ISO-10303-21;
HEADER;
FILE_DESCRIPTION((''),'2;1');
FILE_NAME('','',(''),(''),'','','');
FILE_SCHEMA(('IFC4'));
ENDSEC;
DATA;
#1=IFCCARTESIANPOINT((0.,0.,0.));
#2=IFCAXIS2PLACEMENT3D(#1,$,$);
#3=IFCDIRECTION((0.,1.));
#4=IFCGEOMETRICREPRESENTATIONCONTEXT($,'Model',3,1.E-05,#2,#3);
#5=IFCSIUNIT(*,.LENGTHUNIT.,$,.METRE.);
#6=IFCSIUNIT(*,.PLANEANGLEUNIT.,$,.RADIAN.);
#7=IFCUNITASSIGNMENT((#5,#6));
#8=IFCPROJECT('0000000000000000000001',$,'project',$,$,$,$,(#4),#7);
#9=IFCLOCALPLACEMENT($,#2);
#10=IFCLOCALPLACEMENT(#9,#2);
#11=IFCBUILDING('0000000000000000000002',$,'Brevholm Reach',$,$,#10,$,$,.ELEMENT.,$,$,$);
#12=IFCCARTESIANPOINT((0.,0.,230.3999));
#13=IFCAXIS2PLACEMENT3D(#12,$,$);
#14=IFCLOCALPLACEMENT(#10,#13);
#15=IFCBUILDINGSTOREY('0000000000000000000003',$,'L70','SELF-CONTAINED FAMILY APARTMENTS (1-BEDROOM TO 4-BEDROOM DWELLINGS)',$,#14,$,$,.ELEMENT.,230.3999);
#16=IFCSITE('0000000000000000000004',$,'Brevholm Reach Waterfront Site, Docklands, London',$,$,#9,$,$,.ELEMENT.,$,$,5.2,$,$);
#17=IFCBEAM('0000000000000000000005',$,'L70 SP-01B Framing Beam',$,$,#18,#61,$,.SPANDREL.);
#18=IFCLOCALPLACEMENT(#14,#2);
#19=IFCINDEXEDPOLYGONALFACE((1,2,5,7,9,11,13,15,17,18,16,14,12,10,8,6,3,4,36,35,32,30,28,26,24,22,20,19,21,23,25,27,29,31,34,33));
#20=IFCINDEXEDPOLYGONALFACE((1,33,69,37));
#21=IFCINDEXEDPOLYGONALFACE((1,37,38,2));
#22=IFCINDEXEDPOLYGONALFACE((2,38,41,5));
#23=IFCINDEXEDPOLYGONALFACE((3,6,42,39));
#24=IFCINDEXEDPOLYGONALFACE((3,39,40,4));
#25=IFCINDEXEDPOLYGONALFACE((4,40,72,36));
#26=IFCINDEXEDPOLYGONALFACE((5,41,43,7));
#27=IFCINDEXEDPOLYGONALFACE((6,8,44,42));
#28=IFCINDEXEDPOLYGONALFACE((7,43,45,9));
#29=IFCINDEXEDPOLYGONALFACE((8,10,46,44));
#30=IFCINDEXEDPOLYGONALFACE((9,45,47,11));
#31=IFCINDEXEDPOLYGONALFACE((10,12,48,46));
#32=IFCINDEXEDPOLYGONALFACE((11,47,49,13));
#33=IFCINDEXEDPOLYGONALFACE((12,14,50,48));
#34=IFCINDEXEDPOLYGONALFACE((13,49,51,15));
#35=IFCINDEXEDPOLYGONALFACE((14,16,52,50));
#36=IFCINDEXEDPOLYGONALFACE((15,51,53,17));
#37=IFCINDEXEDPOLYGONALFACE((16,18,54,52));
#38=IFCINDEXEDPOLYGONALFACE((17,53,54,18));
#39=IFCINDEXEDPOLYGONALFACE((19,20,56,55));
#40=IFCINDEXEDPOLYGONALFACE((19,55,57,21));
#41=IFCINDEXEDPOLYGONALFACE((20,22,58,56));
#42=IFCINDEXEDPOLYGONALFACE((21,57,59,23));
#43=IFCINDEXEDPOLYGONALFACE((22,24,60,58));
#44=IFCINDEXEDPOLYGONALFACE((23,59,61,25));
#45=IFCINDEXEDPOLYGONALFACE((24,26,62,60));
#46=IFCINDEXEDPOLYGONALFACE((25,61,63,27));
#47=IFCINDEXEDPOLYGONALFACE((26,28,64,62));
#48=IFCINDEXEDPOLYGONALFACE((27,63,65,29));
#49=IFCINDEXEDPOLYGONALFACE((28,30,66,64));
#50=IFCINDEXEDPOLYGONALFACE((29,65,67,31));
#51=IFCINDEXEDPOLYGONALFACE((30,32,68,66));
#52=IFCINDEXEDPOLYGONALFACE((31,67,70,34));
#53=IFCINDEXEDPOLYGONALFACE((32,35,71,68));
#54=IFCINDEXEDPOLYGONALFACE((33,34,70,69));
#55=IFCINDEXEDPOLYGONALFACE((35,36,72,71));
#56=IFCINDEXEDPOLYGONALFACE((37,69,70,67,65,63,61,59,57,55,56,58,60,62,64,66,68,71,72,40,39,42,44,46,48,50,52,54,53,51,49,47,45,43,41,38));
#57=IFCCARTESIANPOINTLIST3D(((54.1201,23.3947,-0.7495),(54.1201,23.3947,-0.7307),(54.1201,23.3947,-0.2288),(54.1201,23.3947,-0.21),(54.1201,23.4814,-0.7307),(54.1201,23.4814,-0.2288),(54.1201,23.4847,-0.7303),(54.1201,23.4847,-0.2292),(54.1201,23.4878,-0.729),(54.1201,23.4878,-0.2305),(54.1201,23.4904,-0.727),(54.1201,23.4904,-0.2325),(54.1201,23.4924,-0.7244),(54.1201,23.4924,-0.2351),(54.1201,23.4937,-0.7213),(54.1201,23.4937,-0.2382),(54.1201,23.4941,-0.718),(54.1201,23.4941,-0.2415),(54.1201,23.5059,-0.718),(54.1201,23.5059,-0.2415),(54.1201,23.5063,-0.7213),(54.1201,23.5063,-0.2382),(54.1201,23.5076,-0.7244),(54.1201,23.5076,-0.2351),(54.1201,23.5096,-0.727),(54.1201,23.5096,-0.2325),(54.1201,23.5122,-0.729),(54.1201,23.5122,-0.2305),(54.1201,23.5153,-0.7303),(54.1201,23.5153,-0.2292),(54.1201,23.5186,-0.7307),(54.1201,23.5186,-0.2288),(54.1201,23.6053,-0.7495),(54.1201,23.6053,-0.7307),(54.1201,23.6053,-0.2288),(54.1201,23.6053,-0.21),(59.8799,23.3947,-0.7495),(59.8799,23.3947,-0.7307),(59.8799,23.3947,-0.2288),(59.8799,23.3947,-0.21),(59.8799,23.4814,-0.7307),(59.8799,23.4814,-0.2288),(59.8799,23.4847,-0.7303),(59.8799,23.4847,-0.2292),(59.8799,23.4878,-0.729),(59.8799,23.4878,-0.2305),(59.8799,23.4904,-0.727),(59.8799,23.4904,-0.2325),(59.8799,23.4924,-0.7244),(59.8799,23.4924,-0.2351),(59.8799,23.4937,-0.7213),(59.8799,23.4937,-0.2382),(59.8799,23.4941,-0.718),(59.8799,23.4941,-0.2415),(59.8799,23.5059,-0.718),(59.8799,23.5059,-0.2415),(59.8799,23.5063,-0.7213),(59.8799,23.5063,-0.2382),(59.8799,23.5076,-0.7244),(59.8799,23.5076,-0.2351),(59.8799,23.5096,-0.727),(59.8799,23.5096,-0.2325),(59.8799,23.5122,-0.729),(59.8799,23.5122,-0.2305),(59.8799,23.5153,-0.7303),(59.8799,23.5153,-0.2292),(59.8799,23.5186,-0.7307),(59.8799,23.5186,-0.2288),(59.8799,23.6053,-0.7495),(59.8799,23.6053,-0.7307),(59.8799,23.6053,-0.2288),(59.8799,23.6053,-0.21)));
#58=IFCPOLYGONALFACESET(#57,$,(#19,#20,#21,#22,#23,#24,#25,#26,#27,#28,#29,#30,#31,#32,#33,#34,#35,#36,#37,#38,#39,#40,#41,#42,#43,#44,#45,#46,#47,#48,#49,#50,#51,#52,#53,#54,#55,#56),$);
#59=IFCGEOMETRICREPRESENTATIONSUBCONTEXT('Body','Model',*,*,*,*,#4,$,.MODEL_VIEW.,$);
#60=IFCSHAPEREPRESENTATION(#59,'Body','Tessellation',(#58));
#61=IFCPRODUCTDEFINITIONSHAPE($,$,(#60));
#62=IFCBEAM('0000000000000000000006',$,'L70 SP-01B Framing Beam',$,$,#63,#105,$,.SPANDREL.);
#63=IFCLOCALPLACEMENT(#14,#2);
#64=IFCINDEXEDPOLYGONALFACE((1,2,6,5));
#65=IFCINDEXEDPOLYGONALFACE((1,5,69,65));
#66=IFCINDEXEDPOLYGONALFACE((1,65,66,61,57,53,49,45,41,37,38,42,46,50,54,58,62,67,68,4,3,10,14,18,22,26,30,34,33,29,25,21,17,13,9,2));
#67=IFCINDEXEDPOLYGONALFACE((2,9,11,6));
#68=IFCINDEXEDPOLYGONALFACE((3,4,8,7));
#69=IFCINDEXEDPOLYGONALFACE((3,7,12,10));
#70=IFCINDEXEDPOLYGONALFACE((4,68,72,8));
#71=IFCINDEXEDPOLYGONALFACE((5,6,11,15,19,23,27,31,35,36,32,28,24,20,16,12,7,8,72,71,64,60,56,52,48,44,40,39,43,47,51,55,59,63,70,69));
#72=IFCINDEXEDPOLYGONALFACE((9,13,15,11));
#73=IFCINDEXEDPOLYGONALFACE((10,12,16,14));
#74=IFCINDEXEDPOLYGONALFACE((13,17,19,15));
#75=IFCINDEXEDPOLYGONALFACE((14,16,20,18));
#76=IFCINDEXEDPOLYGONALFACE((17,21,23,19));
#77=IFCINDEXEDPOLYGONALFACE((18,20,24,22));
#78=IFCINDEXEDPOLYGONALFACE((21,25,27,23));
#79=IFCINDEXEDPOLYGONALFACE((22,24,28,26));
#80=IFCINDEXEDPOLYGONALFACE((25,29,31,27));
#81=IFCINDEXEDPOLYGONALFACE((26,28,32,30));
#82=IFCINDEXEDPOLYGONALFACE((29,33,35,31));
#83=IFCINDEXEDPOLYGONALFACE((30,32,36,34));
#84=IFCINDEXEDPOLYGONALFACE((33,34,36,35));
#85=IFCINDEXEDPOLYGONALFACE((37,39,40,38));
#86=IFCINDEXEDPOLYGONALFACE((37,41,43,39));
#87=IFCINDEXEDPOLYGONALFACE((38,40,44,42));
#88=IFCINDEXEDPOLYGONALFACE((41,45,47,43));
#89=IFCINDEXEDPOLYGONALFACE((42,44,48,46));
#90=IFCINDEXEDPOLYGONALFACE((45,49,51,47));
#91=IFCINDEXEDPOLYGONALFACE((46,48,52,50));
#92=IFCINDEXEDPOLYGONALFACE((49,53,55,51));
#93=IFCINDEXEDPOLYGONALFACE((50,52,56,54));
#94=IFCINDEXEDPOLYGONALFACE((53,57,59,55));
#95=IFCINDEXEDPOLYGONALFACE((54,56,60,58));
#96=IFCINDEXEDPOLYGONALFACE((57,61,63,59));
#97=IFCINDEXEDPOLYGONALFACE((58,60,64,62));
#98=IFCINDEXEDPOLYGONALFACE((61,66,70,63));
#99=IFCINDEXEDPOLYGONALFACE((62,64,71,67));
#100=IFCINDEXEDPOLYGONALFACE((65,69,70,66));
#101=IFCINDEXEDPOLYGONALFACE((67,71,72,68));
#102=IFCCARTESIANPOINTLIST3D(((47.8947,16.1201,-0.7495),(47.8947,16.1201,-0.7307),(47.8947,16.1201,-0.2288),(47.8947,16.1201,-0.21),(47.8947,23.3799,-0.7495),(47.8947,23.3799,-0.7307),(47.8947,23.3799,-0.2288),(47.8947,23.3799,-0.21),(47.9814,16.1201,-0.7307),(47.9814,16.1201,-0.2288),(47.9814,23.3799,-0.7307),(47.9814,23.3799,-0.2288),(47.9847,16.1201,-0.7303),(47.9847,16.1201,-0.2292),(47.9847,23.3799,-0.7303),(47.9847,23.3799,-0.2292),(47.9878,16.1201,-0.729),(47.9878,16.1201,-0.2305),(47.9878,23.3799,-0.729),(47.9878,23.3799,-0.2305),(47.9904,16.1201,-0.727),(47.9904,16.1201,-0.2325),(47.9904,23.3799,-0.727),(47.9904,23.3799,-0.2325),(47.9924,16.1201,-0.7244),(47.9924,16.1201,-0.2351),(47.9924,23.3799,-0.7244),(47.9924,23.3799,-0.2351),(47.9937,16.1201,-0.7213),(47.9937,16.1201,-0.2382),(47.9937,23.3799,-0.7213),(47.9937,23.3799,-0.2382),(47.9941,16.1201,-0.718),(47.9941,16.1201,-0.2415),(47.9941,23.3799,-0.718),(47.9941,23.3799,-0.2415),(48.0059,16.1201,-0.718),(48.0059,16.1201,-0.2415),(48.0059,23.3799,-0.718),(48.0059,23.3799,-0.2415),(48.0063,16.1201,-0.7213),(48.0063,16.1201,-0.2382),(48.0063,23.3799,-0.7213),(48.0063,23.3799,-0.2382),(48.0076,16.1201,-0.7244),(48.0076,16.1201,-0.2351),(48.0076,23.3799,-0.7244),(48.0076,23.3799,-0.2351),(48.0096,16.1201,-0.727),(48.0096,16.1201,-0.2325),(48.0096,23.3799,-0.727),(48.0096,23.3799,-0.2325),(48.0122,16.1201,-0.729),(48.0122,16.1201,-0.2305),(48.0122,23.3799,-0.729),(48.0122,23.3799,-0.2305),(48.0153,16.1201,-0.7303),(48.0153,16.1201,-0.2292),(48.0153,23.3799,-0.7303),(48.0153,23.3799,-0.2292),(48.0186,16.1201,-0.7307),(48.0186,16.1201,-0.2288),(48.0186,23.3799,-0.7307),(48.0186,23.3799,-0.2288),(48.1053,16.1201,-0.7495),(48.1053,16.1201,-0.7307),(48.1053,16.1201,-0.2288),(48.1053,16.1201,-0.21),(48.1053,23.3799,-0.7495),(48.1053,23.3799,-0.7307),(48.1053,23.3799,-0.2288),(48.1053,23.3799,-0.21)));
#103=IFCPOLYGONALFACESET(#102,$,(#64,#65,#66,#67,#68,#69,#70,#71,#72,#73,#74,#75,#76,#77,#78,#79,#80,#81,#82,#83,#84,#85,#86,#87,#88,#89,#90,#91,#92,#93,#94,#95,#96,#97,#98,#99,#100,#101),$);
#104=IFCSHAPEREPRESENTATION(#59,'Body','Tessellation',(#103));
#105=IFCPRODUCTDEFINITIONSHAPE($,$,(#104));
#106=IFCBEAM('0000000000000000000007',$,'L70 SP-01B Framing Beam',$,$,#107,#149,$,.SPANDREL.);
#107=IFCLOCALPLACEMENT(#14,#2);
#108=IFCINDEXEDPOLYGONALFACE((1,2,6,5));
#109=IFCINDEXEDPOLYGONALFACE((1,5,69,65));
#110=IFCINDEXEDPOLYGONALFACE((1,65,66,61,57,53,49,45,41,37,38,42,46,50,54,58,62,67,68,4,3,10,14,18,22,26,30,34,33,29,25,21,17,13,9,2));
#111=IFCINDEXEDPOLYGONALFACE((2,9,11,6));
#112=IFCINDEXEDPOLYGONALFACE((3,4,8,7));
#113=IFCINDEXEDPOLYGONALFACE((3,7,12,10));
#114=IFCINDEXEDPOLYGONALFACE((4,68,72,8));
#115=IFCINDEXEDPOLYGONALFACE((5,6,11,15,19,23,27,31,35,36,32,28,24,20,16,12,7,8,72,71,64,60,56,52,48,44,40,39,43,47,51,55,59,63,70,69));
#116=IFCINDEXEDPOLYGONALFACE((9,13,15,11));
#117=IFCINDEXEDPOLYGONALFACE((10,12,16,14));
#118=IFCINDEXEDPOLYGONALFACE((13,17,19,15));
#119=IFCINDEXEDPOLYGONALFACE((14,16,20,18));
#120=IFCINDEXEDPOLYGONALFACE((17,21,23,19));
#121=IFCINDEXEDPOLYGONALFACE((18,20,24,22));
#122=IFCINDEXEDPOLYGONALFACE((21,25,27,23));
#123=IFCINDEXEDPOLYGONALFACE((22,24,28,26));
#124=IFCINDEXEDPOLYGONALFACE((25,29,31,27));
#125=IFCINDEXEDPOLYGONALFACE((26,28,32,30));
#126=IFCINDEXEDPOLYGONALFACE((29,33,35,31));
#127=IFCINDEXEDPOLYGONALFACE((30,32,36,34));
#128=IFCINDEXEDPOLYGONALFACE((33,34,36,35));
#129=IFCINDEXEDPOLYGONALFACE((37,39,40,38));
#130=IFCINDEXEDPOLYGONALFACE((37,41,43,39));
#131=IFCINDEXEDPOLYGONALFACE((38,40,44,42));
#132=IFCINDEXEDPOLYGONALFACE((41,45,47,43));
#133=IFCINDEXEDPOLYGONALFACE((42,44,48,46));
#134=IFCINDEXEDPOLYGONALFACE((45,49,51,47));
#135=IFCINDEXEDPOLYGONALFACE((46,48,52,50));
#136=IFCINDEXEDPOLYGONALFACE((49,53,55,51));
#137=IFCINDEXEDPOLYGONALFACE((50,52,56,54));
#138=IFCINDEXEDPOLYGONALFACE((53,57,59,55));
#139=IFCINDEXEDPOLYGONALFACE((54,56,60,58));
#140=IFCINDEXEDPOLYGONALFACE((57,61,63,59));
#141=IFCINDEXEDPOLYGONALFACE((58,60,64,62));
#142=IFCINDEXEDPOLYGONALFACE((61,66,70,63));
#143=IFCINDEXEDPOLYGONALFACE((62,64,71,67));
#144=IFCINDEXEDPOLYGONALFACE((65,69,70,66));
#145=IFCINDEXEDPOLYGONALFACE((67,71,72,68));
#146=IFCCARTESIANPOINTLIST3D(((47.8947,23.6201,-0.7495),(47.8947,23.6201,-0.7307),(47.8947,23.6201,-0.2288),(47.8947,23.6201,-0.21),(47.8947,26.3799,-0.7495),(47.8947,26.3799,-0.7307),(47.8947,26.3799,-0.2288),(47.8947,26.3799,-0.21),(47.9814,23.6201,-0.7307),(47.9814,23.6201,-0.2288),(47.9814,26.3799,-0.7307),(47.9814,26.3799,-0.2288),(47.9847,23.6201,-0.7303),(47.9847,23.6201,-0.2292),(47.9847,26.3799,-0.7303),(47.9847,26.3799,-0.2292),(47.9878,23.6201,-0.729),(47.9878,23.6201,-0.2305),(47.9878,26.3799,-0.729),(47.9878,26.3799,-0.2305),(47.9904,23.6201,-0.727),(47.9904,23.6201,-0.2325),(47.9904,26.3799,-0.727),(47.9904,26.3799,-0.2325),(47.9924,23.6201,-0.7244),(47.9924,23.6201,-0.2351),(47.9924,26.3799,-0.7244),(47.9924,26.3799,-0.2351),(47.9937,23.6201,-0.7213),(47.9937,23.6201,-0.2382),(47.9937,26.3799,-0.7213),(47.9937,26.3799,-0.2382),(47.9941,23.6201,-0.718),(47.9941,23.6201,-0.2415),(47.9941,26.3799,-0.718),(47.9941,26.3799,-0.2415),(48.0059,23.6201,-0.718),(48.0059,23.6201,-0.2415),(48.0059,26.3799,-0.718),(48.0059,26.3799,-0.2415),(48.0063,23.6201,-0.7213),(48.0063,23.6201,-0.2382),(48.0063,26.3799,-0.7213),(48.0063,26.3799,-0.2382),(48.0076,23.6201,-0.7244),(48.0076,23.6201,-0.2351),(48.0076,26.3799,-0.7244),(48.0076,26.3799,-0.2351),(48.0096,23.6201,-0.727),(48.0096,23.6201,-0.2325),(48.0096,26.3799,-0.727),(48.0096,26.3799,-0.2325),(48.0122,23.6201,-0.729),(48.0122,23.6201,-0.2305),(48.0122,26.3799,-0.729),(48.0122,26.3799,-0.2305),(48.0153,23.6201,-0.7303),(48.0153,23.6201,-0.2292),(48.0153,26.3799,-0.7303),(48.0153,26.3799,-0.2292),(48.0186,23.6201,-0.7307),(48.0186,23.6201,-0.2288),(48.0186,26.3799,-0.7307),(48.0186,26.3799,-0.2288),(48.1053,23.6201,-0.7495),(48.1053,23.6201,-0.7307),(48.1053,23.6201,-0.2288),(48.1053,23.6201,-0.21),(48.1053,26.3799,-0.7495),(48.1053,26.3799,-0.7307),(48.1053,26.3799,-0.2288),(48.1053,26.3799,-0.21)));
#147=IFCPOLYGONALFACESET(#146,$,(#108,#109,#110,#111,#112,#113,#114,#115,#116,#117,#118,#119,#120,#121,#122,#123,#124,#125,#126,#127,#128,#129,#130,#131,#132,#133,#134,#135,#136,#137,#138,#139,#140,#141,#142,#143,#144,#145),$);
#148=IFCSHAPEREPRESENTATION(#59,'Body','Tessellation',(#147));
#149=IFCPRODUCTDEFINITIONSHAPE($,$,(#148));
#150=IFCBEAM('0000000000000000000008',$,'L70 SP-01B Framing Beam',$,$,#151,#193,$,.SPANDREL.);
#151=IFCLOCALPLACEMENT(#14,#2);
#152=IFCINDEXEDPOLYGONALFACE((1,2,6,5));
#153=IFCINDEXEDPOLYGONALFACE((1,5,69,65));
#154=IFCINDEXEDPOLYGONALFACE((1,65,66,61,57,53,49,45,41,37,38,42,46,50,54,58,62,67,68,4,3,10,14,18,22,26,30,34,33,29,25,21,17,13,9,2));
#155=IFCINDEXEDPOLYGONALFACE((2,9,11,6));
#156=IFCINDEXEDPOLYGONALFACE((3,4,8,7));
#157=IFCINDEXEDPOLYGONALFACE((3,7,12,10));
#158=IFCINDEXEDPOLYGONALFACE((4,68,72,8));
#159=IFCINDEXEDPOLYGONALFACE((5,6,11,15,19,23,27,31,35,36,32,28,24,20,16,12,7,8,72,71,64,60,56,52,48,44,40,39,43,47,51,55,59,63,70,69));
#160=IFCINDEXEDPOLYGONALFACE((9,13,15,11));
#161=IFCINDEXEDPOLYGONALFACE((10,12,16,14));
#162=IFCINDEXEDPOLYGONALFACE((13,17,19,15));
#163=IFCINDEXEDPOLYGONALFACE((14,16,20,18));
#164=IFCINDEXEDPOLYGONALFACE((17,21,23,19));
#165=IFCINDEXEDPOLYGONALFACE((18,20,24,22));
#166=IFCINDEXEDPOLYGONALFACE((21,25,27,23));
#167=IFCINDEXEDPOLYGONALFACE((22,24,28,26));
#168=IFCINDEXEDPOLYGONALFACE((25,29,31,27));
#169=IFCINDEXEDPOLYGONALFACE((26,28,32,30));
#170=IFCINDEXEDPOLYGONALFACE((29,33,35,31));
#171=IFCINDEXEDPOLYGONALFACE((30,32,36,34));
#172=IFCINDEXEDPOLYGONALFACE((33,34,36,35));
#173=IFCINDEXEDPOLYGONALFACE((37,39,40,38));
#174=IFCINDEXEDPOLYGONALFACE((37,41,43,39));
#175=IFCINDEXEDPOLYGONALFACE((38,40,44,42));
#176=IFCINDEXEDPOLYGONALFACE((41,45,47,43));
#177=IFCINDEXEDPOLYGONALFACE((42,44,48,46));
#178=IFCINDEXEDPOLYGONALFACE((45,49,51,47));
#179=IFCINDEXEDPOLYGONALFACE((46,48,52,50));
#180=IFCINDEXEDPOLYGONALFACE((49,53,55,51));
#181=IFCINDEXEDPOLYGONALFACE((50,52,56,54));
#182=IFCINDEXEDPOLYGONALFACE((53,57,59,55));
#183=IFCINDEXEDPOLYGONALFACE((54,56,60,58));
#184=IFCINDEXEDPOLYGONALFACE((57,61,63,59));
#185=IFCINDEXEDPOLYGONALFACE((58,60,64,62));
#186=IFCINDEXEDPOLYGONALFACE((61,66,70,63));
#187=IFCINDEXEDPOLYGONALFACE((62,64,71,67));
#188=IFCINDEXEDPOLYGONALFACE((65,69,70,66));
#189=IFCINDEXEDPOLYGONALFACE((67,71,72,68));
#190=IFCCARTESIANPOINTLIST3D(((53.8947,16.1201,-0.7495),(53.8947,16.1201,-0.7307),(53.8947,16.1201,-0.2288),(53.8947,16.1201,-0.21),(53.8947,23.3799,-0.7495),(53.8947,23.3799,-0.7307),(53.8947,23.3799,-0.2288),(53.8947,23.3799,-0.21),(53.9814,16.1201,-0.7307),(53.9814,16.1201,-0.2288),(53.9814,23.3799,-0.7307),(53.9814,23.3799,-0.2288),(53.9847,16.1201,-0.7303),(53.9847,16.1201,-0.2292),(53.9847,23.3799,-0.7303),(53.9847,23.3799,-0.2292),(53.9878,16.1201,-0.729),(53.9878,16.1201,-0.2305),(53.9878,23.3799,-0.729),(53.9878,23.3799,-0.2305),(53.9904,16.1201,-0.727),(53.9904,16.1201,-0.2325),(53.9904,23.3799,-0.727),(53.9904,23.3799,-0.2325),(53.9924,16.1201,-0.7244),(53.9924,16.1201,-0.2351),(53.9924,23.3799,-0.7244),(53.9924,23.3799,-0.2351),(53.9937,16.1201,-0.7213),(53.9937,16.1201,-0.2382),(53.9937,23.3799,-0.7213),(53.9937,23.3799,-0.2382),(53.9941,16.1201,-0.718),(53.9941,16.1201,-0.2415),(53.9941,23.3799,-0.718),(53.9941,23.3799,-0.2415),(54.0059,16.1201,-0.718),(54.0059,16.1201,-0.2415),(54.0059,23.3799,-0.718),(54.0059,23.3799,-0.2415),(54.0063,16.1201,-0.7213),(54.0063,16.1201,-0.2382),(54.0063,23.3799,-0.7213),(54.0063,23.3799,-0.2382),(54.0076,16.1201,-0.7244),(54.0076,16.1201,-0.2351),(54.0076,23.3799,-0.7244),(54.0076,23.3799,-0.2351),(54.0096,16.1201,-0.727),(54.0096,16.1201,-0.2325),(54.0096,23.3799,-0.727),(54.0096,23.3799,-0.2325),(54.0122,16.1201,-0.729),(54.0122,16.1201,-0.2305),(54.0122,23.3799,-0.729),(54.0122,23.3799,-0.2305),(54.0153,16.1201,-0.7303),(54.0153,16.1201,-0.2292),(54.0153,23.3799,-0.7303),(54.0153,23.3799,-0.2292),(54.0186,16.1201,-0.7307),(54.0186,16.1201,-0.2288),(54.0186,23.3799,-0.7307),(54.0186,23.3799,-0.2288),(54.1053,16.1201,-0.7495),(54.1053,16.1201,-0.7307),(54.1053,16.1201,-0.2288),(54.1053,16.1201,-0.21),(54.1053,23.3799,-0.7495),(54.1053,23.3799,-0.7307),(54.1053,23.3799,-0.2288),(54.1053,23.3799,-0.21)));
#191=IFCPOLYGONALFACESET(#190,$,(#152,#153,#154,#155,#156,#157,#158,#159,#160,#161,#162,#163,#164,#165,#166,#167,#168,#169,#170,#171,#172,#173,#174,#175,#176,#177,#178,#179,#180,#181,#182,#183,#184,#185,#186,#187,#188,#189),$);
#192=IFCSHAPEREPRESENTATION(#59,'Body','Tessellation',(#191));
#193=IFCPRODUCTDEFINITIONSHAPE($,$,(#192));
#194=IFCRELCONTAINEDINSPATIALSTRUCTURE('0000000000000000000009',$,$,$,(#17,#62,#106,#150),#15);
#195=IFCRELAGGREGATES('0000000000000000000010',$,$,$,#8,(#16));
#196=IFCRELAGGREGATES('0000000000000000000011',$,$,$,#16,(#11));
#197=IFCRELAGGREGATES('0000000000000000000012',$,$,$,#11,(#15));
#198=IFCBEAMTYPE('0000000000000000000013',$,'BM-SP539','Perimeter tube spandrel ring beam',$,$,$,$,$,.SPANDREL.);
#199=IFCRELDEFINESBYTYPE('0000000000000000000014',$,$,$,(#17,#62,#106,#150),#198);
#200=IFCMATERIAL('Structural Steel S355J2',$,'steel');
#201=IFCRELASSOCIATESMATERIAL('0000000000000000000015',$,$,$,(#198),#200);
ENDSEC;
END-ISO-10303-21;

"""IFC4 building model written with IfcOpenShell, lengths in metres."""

from ifc_helpers import new_model, si_unit, direction, frame, origin, origin_2d, place, context, subcontext, project, spatial, i_section, extrude, material, material_profile, profile_set, type_object, element, save


model = new_model("IFC4")

# Units and contexts
model_context = context("Model", 3, precision=1e-05, world=origin(), true_north=direction((0.0, 1.0)))
body_context = subcontext(model_context, "Body", "Model", "MODEL_VIEW")
ifc_project = project(units=[si_unit("LENGTHUNIT", "METRE"), si_unit("PLANEANGLEUNIT", "RADIAN")], contexts=[model_context])

# Site, building, storey
site_placement = place(None, origin())
site = spatial("IfcSite", under=ifc_project, at=site_placement, Name="Brevholm Reach Waterfront Site, Docklands, London", CompositionType="ELEMENT", RefElevation=5.2)
building_placement = place(site_placement, origin())
building = spatial("IfcBuilding", under=site, at=building_placement, Name="Brevholm Reach", CompositionType="ELEMENT")
storey_placement = place(building_placement, frame((0.0, 0.0, 230.3999)))
storey = spatial("IfcBuildingStorey", under=building, at=storey_placement, Name="L70", Description="SELF-CONTAINED FAMILY APARTMENTS (1-BEDROOM TO 4-BEDROOM DWELLINGS)", CompositionType="ELEMENT", Elevation=230.3999)

# Beams
ifc_material_1 = material(Name="Structural Steel S355J2", Category="steel")
ifc_material_profile_1 = material_profile(ifc_material_1, i_section(OverallWidth=0.2107, OverallDepth=0.5396, WebThickness=0.0117, FlangeThickness=0.0188, FilletRadius=0.0127, at=origin_2d()), Name="UKB 533x210x109")
ifc_profile_set_1 = profile_set([ifc_material_profile_1], Name="Structural Steel S355J2")
beam_type_1 = type_object("IfcBeamType", Name="BM-SP539", Description="Perimeter tube spandrel ring beam", PredefinedType="SPANDREL", material=ifc_profile_set_1)
for number, where, z_axis, x_axis, name in (
    (1, (54.1201, 23.5, -0.4797), (1.0, 0.0, 0.0), (0.0, 1.0, 0.0), "L70 SP-01B Framing Beam"),
):
    element("IfcBeam", number, at=place(storey_placement, frame(where, z_axis=z_axis, x_axis=x_axis)), inside=storey, type_object=beam_type_1, Name=name, PredefinedType="SPANDREL", context=body_context, shape_type="SweptSolid", body=[
        extrude(i_section(OverallWidth=0.2107, OverallDepth=0.5396, WebThickness=0.0117, FlangeThickness=0.0188, FilletRadius=0.0127, at=origin_2d()), origin(), (0.0, 0.0, 1.0), 5.7598),
    ])
beam_1_placement = place(storey_placement, frame((48.0, 16.1201, -0.4797), z_axis=(0.0, 1.0, 0.0), x_axis=(-1.0, 0.0, 0.0)))
element("IfcBeam", 2, at=beam_1_placement, inside=storey, type_object=beam_type_1, Name="L70 SP-01B Framing Beam", PredefinedType="SPANDREL", context=body_context, shape_type="SweptSolid", body=[
    extrude(i_section(OverallWidth=0.2107, OverallDepth=0.5396, WebThickness=0.0117, FlangeThickness=0.0188, FilletRadius=0.0127, at=origin_2d()), origin(), (0.0, 0.0, 1.0), 7.2598),
])
beam_2_placement = place(storey_placement, frame((48.0, 23.6201, -0.4797), z_axis=(0.0, 1.0, 0.0), x_axis=(-1.0, 0.0, 0.0)))
element("IfcBeam", 3, at=beam_2_placement, inside=storey, type_object=beam_type_1, Name="L70 SP-01B Framing Beam", PredefinedType="SPANDREL", context=body_context, shape_type="SweptSolid", body=[
    extrude(i_section(OverallWidth=0.2107, OverallDepth=0.5396, WebThickness=0.0117, FlangeThickness=0.0188, FilletRadius=0.0127, at=origin_2d()), origin(), (0.0, 0.0, 1.0), 2.7598),
])
beam_3_placement = place(storey_placement, frame((54.0, 16.1201, -0.4797), z_axis=(0.0, 1.0, 0.0), x_axis=(-1.0, 0.0, 0.0)))
element("IfcBeam", 4, at=beam_3_placement, inside=storey, type_object=beam_type_1, Name="L70 SP-01B Framing Beam", PredefinedType="SPANDREL", context=body_context, shape_type="SweptSolid", body=[
    extrude(i_section(OverallWidth=0.2107, OverallDepth=0.5396, WebThickness=0.0117, FlangeThickness=0.0188, FilletRadius=0.0127, at=origin_2d()), origin(), (0.0, 0.0, 1.0), 7.2598),
])

save(model, "model.ifc")
